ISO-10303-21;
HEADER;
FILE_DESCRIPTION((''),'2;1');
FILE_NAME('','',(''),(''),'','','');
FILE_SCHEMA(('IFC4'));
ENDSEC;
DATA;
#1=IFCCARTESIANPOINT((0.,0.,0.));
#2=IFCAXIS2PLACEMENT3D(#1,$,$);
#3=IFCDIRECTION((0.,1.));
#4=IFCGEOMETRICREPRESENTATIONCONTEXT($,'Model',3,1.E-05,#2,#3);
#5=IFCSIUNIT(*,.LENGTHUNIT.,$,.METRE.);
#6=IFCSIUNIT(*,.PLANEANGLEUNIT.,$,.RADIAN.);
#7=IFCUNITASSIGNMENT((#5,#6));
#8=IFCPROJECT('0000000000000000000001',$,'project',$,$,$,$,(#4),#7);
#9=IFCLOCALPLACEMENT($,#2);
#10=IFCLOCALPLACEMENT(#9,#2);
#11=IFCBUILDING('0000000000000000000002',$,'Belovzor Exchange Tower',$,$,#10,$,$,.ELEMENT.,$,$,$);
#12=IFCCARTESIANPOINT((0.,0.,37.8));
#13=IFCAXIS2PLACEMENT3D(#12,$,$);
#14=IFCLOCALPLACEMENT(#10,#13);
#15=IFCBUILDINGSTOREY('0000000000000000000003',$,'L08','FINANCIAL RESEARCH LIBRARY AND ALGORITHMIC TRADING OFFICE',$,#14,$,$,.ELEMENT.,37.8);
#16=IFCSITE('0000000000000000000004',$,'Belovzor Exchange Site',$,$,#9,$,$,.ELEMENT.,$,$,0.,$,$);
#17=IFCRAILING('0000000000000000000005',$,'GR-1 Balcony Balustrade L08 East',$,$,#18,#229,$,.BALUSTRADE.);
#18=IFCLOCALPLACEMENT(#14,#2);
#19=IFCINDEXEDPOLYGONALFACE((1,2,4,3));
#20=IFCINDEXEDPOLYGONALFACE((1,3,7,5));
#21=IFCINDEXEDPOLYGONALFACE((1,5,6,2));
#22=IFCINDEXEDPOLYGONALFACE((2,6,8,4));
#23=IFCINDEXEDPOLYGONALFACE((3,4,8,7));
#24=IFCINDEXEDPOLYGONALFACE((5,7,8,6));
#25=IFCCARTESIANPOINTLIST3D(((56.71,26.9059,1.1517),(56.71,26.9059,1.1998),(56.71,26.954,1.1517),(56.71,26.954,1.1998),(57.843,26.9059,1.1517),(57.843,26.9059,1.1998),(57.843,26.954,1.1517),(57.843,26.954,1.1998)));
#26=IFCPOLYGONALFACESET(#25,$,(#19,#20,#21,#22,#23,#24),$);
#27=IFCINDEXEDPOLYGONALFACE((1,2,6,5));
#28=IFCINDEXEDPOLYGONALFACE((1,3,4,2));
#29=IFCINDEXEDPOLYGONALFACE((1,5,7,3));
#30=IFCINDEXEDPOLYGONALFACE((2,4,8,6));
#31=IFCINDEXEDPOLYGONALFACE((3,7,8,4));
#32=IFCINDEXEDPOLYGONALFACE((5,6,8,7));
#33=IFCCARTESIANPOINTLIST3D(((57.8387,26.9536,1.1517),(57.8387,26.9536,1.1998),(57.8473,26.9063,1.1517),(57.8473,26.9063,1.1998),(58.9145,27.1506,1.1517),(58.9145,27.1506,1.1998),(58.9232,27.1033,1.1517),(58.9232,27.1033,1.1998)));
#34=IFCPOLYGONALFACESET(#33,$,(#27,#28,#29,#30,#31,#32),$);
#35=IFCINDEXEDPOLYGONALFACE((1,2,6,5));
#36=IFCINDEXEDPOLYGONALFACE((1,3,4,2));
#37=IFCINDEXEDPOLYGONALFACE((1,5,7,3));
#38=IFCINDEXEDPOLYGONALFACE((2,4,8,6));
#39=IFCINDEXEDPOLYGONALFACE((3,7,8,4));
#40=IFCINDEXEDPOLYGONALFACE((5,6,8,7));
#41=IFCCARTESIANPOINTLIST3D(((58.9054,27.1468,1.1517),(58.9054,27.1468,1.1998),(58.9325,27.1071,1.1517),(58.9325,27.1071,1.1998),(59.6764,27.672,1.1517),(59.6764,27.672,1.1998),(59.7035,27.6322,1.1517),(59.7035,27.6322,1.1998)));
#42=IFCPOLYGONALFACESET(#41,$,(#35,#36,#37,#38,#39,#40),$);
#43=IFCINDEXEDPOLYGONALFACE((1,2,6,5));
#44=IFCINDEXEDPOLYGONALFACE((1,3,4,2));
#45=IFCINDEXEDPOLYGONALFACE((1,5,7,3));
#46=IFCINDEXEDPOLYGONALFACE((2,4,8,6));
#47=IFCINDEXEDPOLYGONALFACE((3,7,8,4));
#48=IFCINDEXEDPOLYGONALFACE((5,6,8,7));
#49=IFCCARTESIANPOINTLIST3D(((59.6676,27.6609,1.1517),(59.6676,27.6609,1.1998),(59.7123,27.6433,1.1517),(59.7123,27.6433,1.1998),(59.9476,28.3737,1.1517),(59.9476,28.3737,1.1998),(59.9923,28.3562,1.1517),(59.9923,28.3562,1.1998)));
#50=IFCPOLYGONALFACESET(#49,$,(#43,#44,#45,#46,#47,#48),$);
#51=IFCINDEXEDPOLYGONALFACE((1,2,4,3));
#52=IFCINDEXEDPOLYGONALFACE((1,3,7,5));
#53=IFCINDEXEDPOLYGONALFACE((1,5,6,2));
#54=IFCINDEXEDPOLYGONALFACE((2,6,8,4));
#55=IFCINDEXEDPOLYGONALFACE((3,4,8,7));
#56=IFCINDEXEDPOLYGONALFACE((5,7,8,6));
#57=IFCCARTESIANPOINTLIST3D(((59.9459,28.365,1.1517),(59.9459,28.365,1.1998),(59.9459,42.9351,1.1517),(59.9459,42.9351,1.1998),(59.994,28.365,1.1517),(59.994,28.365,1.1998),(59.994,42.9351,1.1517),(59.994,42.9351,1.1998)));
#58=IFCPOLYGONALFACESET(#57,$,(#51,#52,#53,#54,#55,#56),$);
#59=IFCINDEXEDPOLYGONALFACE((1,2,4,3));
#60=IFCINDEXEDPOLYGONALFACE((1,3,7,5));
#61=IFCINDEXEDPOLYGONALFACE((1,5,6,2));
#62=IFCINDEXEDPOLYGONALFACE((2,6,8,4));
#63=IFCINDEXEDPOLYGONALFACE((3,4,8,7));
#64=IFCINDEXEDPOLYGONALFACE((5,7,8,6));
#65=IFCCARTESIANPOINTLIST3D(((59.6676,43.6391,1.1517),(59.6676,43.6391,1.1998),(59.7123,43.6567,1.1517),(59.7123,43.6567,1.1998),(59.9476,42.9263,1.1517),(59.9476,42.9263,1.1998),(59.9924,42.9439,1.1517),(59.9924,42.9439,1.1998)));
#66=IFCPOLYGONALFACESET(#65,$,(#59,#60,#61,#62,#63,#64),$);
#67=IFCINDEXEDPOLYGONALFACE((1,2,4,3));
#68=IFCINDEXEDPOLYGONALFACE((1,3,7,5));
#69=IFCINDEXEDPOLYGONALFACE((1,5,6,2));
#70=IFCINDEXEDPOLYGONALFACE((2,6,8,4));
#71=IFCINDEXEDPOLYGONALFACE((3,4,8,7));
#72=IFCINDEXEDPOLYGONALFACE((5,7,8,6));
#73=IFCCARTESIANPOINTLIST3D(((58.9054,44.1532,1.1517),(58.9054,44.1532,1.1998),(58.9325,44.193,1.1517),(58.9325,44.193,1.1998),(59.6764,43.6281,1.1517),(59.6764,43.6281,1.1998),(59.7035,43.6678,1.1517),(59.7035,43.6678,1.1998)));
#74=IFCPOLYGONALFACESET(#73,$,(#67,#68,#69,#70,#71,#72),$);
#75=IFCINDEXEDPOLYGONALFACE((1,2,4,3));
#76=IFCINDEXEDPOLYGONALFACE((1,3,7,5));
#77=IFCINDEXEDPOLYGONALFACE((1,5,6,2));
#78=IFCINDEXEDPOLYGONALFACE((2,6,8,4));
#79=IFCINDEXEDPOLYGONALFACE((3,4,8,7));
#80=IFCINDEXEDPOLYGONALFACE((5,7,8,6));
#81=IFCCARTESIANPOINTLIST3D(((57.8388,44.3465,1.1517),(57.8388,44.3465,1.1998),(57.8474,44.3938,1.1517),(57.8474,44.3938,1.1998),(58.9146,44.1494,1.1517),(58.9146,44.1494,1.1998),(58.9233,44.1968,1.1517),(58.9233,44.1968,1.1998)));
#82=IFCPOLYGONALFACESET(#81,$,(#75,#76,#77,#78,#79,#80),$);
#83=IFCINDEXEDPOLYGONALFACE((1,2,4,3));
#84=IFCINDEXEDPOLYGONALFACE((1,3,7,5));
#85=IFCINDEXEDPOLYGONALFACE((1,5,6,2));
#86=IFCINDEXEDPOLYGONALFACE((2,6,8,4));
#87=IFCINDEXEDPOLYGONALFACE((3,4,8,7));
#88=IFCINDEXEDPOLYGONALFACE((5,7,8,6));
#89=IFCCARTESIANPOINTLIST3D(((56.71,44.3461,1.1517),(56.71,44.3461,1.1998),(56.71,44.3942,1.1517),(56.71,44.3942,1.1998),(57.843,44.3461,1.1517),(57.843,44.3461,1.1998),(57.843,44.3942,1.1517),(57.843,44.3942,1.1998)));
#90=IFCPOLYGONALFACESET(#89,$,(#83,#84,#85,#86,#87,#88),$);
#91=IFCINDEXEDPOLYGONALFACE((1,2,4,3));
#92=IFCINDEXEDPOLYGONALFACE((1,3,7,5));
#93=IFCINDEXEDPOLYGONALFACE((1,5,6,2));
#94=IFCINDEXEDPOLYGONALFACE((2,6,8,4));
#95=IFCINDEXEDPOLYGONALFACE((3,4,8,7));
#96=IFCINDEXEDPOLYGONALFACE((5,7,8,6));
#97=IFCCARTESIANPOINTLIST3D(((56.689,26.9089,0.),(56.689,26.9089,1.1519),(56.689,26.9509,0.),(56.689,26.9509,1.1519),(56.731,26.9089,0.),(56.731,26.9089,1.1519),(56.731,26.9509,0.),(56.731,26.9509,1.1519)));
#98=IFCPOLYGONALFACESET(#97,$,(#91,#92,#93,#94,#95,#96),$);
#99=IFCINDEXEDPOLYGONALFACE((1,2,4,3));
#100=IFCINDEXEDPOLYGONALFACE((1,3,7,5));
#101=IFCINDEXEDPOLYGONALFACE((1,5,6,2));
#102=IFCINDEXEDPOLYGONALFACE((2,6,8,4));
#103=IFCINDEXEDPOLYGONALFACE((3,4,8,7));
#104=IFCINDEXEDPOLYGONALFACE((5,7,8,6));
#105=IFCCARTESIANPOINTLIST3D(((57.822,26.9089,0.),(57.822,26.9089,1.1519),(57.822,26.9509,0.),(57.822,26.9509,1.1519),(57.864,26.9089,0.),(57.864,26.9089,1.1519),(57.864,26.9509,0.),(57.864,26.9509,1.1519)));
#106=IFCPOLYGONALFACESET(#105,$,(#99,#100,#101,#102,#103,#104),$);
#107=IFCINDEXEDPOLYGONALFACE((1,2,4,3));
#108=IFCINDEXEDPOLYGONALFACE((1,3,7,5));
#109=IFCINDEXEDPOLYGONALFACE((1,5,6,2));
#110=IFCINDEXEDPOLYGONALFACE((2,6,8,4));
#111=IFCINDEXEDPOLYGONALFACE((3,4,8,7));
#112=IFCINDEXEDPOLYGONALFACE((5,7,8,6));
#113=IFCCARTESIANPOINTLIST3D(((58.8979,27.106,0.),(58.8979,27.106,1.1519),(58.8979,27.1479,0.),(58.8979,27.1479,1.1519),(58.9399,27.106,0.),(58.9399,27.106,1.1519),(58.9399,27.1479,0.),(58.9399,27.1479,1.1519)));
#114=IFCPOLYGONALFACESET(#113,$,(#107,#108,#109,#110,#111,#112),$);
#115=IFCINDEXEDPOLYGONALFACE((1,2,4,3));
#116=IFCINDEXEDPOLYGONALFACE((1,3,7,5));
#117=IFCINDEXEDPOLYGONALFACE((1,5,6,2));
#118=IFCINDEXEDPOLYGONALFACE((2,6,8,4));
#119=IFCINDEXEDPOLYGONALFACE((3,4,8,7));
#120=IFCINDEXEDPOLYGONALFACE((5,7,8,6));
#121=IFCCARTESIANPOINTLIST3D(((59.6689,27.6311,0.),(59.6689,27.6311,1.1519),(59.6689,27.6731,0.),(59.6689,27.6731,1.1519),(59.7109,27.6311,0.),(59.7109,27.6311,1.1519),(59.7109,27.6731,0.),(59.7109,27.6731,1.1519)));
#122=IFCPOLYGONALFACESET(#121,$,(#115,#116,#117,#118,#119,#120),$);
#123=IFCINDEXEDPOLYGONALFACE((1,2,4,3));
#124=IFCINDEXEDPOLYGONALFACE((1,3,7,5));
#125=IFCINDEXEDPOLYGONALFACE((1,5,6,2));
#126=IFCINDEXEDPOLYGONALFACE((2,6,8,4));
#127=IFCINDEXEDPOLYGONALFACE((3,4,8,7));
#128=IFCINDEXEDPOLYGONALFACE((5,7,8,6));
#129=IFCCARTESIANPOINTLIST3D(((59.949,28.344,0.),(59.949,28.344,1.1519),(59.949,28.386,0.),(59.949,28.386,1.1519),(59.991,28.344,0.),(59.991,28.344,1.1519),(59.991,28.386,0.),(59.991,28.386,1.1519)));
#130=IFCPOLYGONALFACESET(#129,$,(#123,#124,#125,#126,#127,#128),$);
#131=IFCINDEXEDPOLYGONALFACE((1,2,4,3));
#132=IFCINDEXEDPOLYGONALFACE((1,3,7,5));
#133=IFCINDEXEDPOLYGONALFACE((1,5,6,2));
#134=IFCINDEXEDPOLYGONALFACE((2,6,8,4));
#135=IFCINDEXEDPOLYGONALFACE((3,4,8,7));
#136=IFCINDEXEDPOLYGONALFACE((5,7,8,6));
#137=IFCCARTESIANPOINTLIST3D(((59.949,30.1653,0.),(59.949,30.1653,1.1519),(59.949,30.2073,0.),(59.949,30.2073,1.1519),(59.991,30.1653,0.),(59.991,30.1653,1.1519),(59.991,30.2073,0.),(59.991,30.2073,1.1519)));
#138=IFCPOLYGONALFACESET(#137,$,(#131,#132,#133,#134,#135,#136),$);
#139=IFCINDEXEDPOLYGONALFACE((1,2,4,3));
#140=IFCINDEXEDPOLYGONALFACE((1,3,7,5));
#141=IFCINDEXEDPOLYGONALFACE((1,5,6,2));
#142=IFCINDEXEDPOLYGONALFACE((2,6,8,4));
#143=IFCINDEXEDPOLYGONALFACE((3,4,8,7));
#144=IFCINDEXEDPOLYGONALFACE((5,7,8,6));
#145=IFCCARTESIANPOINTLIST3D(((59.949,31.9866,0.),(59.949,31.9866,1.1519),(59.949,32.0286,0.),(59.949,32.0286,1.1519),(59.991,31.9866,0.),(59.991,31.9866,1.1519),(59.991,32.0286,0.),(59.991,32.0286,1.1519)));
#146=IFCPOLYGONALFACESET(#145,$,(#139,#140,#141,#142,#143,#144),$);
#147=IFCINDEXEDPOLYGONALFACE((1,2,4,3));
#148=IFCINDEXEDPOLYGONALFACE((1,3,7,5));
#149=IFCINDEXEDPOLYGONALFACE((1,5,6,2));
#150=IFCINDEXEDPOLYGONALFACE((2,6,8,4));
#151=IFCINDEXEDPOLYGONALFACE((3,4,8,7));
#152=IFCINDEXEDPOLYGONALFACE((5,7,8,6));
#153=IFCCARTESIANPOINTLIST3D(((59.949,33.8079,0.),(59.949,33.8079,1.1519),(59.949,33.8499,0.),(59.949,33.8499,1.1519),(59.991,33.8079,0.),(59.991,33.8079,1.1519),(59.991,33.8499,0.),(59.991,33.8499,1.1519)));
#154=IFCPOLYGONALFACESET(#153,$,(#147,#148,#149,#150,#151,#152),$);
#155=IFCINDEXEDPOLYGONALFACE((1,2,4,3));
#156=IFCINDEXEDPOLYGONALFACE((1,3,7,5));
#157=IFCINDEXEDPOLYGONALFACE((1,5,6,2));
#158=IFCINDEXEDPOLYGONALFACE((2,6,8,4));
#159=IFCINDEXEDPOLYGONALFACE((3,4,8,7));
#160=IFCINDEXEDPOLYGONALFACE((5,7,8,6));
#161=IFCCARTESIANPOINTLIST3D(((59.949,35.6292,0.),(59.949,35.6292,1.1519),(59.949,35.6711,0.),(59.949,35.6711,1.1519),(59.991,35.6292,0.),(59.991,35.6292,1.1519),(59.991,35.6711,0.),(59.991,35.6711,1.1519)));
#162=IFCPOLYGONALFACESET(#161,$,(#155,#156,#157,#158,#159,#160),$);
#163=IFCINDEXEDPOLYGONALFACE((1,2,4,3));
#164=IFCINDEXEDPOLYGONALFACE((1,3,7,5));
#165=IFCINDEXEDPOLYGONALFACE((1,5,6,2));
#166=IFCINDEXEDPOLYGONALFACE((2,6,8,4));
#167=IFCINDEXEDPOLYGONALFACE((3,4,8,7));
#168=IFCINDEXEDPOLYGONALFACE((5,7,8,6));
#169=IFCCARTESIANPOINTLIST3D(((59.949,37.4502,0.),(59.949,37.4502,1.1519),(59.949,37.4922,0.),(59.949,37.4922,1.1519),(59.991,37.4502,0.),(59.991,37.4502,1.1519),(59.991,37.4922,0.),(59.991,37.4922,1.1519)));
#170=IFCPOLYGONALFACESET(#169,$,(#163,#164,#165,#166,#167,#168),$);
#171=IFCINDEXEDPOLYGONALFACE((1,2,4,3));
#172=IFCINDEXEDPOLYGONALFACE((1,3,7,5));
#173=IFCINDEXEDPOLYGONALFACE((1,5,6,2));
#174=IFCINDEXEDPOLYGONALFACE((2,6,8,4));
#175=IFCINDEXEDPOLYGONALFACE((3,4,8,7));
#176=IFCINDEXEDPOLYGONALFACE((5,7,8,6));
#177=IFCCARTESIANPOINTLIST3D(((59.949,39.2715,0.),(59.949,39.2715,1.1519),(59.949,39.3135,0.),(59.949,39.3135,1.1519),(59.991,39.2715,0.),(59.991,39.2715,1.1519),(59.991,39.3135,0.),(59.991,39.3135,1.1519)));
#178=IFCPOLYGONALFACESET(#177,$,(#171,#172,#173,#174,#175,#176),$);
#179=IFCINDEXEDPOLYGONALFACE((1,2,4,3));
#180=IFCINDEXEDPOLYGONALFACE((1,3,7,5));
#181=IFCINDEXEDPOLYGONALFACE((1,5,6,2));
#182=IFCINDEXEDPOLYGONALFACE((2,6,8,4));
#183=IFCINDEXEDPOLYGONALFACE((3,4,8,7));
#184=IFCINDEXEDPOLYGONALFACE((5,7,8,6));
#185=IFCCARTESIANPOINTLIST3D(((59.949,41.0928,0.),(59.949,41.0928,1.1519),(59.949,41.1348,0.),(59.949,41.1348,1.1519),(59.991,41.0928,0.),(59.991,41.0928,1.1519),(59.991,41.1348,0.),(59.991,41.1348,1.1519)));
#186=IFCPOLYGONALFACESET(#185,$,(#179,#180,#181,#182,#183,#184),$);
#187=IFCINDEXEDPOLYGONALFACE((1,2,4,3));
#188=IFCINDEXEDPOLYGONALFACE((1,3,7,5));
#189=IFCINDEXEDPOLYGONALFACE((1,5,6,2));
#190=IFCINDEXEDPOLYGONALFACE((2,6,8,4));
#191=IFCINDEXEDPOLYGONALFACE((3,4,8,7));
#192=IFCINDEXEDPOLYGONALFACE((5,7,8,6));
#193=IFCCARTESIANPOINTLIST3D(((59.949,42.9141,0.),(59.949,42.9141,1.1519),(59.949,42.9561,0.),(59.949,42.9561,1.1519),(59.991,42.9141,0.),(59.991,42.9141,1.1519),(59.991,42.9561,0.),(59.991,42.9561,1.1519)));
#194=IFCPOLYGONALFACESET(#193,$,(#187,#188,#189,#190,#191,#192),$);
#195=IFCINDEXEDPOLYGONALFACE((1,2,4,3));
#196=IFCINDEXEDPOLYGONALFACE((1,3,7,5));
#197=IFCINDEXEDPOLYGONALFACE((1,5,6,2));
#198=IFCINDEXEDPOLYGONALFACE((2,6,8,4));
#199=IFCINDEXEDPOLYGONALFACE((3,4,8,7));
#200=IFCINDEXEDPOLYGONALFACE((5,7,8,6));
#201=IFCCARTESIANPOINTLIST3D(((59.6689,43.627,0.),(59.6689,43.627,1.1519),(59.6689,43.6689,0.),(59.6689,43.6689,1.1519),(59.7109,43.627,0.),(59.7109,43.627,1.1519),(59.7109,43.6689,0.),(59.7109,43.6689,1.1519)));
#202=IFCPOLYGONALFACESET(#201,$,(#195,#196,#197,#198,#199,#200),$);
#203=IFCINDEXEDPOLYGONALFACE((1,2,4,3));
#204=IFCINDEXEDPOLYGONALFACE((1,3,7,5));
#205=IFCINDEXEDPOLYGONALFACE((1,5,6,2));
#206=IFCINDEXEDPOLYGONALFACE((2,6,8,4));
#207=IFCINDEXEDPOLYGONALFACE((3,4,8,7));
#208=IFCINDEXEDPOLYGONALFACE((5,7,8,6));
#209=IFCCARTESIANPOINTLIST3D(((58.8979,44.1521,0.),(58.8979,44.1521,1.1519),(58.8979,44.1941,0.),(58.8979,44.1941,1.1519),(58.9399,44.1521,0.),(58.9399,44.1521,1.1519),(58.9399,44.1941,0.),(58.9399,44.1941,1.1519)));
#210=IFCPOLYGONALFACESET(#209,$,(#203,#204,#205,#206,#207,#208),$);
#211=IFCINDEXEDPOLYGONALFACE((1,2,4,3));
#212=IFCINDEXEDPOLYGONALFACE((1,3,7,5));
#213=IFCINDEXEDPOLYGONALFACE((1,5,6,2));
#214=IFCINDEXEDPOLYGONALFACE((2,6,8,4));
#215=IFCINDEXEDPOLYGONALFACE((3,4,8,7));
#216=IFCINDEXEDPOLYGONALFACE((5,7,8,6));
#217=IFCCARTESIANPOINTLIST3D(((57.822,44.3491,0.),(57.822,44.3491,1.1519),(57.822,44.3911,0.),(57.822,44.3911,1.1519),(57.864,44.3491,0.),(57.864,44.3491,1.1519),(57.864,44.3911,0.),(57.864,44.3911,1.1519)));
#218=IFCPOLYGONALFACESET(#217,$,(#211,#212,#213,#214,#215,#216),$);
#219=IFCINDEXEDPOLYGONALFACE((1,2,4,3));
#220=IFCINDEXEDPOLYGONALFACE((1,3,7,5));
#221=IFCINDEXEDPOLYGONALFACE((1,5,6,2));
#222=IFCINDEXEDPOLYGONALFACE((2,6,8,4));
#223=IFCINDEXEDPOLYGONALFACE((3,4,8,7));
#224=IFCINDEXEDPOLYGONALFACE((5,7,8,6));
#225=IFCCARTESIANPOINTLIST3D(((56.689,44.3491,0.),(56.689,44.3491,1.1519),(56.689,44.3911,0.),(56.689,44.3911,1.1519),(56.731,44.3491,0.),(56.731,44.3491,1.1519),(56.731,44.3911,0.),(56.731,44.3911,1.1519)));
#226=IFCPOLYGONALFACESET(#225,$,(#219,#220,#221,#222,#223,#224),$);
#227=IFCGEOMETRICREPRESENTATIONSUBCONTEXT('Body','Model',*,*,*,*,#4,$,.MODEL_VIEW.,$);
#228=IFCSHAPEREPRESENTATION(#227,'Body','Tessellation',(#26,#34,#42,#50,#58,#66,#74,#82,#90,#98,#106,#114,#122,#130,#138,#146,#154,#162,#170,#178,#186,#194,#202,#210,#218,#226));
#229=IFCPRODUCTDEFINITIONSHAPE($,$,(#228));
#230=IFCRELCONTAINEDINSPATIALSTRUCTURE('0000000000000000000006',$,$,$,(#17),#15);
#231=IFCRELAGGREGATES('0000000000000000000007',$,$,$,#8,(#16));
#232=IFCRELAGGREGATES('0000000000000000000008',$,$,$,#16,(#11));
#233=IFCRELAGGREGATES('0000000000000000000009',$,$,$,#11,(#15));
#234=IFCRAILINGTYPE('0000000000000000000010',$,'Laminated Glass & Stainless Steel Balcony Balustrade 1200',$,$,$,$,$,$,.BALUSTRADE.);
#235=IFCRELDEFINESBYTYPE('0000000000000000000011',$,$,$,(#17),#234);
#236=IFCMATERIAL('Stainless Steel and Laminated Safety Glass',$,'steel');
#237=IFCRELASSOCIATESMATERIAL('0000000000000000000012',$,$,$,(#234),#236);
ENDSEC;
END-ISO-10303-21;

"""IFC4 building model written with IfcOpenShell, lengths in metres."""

from ifc_helpers import new_model, si_unit, direction, frame, origin, origin_2d, place, context, subcontext, project, spatial, rectangle, extrude, material, type_object, element, save


model = new_model("IFC4")

# Units and contexts
model_context = context("Model", 3, precision=1e-05, world=origin(), true_north=direction((0.0, 1.0)))
body_context = subcontext(model_context, "Body", "Model", "MODEL_VIEW")
ifc_project = project(units=[si_unit("LENGTHUNIT", "METRE"), si_unit("PLANEANGLEUNIT", "RADIAN")], contexts=[model_context])

# Site, building, storey
site_placement = place(None, origin())
site = spatial("IfcSite", under=ifc_project, at=site_placement, Name="Belovzor Exchange Site", CompositionType="ELEMENT", RefElevation=0.0)
building_placement = place(site_placement, origin())
building = spatial("IfcBuilding", under=site, at=building_placement, Name="Belovzor Exchange Tower", CompositionType="ELEMENT")
storey_placement = place(building_placement, frame((0.0, 0.0, 37.8)))
storey = spatial("IfcBuildingStorey", under=building, at=storey_placement, Name="L08", Description="FINANCIAL RESEARCH LIBRARY AND ALGORITHMIC TRADING OFFICE", CompositionType="ELEMENT", Elevation=37.8)

# Railing
ifc_material_1 = material(Name="Stainless Steel and Laminated Safety Glass", Category="steel")
railing_type = type_object("IfcRailingType", Name="Laminated Glass & Stainless Steel Balcony Balustrade 1200", PredefinedType="BALUSTRADE", material=ifc_material_1)
railing_placement = place(storey_placement, frame((56.71, 26.9299, 0.0)))
element("IfcRailing", 1, at=railing_placement, inside=storey, type_object=railing_type, Name="GR-1 Balcony Balustrade L08 East", PredefinedType="BALUSTRADE", context=body_context, shape_type="SweptSolid", body=[
    extrude(rectangle(XDim=0.0481, YDim=0.0481, at=origin_2d()), frame((0.0, 0.0, 1.1758), z_axis=(1.0, 0.0, 0.0), x_axis=(0.0, 1.0, 0.0)), (0.0, 0.0, 1.0), 1.1331),
    extrude(rectangle(XDim=0.0481, YDim=0.0481, at=origin_2d()), frame((1.1331, 0.0, 1.1758), z_axis=(0.983644, 0.180123, 0.0), x_axis=(-0.180123, 0.983644, 0.0)), (0.0, 0.0, 1.0), 1.0938),
    extrude(rectangle(XDim=0.0481, YDim=0.0481, at=origin_2d()), frame((2.209, 0.197, 1.1758), z_axis=(0.826493, 0.562947, 0.0), x_axis=(-0.562947, 0.826493, 0.0)), (0.0, 0.0, 1.0), 0.9329),
    extrude(rectangle(XDim=0.0481, YDim=0.0481, at=origin_2d()), frame((2.98, 0.7222, 1.1758), z_axis=(0.365613, 0.930767, 0.0), x_axis=(-0.930767, 0.365613, 0.0)), (0.0, 0.0, 1.0), 0.7659),
    extrude(rectangle(XDim=0.0481, YDim=0.0481, at=origin_2d()), frame((3.26, 1.4351, 1.1758), z_axis=(0.0, 1.0, 0.0), x_axis=(-1.0, 0.0, 0.0)), (0.0, 0.0, 1.0), 14.5701),
    extrude(rectangle(XDim=0.0481, YDim=0.0481, at=origin_2d()), frame((3.26, 16.0051, 1.1758), z_axis=(-0.365613, 0.930767, 0.0), x_axis=(-0.930767, -0.365613, 0.0)), (0.0, 0.0, 1.0), 0.7659),
    extrude(rectangle(XDim=0.0481, YDim=0.0481, at=origin_2d()), frame((2.98, 16.718, 1.1758), z_axis=(-0.826493, 0.562947, 0.0), x_axis=(-0.562947, -0.826493, 0.0)), (0.0, 0.0, 1.0), 0.9329),
    extrude(rectangle(XDim=0.0481, YDim=0.0481, at=origin_2d()), frame((2.209, 17.2432, 1.1758), z_axis=(-0.983644, 0.180123, 0.0), x_axis=(-0.180123, -0.983644, 0.0)), (0.0, 0.0, 1.0), 1.0938),
    extrude(rectangle(XDim=0.0481, YDim=0.0481, at=origin_2d()), frame((1.1331, 17.4402, 1.1758), z_axis=(-1.0, 0.0, 0.0), x_axis=(0.0, -1.0, 0.0)), (0.0, 0.0, 1.0), 1.1331),
    extrude(rectangle(XDim=0.042, YDim=0.042, at=origin_2d()), origin(), (0.0, 0.0, 1.0), 1.1519),
    extrude(rectangle(XDim=0.042, YDim=0.042, at=origin_2d()), frame((1.1331, 0.0, 0.0)), (0.0, 0.0, 1.0), 1.1519),
    extrude(rectangle(XDim=0.042, YDim=0.042, at=origin_2d()), frame((2.209, 0.197, 0.0)), (0.0, 0.0, 1.0), 1.1519),
    extrude(rectangle(XDim=0.042, YDim=0.042, at=origin_2d()), frame((2.98, 0.7222, 0.0)), (0.0, 0.0, 1.0), 1.1519),
    extrude(rectangle(XDim=0.042, YDim=0.042, at=origin_2d()), frame((3.26, 1.4351, 0.0)), (0.0, 0.0, 1.0), 1.1519),
    extrude(rectangle(XDim=0.042, YDim=0.042, at=origin_2d()), frame((3.26, 3.2563, 0.0)), (0.0, 0.0, 1.0), 1.1519),
    extrude(rectangle(XDim=0.042, YDim=0.042, at=origin_2d()), frame((3.26, 5.0776, 0.0)), (0.0, 0.0, 1.0), 1.1519),
    extrude(rectangle(XDim=0.042, YDim=0.042, at=origin_2d()), frame((3.26, 6.8989, 0.0)), (0.0, 0.0, 1.0), 1.1519),
    extrude(rectangle(XDim=0.042, YDim=0.042, at=origin_2d()), frame((3.26, 8.7202, 0.0)), (0.0, 0.0, 1.0), 1.1519),
    extrude(rectangle(XDim=0.042, YDim=0.042, at=origin_2d()), frame((3.26, 10.5413, 0.0)), (0.0, 0.0, 1.0), 1.1519),
    extrude(rectangle(XDim=0.042, YDim=0.042, at=origin_2d()), frame((3.26, 12.3625, 0.0)), (0.0, 0.0, 1.0), 1.1519),
    extrude(rectangle(XDim=0.042, YDim=0.042, at=origin_2d()), frame((3.26, 14.1838, 0.0)), (0.0, 0.0, 1.0), 1.1519),
    extrude(rectangle(XDim=0.042, YDim=0.042, at=origin_2d()), frame((3.26, 16.0051, 0.0)), (0.0, 0.0, 1.0), 1.1519),
    extrude(rectangle(XDim=0.042, YDim=0.042, at=origin_2d()), frame((2.98, 16.718, 0.0)), (0.0, 0.0, 1.0), 1.1519),
    extrude(rectangle(XDim=0.042, YDim=0.042, at=origin_2d()), frame((2.209, 17.2432, 0.0)), (0.0, 0.0, 1.0), 1.1519),
    extrude(rectangle(XDim=0.042, YDim=0.042, at=origin_2d()), frame((1.1331, 17.4402, 0.0)), (0.0, 0.0, 1.0), 1.1519),
    extrude(rectangle(XDim=0.042, YDim=0.042, at=origin_2d()), frame((0.0, 17.4402, 0.0)), (0.0, 0.0, 1.0), 1.1519),
])

save(model, "model.ifc")
